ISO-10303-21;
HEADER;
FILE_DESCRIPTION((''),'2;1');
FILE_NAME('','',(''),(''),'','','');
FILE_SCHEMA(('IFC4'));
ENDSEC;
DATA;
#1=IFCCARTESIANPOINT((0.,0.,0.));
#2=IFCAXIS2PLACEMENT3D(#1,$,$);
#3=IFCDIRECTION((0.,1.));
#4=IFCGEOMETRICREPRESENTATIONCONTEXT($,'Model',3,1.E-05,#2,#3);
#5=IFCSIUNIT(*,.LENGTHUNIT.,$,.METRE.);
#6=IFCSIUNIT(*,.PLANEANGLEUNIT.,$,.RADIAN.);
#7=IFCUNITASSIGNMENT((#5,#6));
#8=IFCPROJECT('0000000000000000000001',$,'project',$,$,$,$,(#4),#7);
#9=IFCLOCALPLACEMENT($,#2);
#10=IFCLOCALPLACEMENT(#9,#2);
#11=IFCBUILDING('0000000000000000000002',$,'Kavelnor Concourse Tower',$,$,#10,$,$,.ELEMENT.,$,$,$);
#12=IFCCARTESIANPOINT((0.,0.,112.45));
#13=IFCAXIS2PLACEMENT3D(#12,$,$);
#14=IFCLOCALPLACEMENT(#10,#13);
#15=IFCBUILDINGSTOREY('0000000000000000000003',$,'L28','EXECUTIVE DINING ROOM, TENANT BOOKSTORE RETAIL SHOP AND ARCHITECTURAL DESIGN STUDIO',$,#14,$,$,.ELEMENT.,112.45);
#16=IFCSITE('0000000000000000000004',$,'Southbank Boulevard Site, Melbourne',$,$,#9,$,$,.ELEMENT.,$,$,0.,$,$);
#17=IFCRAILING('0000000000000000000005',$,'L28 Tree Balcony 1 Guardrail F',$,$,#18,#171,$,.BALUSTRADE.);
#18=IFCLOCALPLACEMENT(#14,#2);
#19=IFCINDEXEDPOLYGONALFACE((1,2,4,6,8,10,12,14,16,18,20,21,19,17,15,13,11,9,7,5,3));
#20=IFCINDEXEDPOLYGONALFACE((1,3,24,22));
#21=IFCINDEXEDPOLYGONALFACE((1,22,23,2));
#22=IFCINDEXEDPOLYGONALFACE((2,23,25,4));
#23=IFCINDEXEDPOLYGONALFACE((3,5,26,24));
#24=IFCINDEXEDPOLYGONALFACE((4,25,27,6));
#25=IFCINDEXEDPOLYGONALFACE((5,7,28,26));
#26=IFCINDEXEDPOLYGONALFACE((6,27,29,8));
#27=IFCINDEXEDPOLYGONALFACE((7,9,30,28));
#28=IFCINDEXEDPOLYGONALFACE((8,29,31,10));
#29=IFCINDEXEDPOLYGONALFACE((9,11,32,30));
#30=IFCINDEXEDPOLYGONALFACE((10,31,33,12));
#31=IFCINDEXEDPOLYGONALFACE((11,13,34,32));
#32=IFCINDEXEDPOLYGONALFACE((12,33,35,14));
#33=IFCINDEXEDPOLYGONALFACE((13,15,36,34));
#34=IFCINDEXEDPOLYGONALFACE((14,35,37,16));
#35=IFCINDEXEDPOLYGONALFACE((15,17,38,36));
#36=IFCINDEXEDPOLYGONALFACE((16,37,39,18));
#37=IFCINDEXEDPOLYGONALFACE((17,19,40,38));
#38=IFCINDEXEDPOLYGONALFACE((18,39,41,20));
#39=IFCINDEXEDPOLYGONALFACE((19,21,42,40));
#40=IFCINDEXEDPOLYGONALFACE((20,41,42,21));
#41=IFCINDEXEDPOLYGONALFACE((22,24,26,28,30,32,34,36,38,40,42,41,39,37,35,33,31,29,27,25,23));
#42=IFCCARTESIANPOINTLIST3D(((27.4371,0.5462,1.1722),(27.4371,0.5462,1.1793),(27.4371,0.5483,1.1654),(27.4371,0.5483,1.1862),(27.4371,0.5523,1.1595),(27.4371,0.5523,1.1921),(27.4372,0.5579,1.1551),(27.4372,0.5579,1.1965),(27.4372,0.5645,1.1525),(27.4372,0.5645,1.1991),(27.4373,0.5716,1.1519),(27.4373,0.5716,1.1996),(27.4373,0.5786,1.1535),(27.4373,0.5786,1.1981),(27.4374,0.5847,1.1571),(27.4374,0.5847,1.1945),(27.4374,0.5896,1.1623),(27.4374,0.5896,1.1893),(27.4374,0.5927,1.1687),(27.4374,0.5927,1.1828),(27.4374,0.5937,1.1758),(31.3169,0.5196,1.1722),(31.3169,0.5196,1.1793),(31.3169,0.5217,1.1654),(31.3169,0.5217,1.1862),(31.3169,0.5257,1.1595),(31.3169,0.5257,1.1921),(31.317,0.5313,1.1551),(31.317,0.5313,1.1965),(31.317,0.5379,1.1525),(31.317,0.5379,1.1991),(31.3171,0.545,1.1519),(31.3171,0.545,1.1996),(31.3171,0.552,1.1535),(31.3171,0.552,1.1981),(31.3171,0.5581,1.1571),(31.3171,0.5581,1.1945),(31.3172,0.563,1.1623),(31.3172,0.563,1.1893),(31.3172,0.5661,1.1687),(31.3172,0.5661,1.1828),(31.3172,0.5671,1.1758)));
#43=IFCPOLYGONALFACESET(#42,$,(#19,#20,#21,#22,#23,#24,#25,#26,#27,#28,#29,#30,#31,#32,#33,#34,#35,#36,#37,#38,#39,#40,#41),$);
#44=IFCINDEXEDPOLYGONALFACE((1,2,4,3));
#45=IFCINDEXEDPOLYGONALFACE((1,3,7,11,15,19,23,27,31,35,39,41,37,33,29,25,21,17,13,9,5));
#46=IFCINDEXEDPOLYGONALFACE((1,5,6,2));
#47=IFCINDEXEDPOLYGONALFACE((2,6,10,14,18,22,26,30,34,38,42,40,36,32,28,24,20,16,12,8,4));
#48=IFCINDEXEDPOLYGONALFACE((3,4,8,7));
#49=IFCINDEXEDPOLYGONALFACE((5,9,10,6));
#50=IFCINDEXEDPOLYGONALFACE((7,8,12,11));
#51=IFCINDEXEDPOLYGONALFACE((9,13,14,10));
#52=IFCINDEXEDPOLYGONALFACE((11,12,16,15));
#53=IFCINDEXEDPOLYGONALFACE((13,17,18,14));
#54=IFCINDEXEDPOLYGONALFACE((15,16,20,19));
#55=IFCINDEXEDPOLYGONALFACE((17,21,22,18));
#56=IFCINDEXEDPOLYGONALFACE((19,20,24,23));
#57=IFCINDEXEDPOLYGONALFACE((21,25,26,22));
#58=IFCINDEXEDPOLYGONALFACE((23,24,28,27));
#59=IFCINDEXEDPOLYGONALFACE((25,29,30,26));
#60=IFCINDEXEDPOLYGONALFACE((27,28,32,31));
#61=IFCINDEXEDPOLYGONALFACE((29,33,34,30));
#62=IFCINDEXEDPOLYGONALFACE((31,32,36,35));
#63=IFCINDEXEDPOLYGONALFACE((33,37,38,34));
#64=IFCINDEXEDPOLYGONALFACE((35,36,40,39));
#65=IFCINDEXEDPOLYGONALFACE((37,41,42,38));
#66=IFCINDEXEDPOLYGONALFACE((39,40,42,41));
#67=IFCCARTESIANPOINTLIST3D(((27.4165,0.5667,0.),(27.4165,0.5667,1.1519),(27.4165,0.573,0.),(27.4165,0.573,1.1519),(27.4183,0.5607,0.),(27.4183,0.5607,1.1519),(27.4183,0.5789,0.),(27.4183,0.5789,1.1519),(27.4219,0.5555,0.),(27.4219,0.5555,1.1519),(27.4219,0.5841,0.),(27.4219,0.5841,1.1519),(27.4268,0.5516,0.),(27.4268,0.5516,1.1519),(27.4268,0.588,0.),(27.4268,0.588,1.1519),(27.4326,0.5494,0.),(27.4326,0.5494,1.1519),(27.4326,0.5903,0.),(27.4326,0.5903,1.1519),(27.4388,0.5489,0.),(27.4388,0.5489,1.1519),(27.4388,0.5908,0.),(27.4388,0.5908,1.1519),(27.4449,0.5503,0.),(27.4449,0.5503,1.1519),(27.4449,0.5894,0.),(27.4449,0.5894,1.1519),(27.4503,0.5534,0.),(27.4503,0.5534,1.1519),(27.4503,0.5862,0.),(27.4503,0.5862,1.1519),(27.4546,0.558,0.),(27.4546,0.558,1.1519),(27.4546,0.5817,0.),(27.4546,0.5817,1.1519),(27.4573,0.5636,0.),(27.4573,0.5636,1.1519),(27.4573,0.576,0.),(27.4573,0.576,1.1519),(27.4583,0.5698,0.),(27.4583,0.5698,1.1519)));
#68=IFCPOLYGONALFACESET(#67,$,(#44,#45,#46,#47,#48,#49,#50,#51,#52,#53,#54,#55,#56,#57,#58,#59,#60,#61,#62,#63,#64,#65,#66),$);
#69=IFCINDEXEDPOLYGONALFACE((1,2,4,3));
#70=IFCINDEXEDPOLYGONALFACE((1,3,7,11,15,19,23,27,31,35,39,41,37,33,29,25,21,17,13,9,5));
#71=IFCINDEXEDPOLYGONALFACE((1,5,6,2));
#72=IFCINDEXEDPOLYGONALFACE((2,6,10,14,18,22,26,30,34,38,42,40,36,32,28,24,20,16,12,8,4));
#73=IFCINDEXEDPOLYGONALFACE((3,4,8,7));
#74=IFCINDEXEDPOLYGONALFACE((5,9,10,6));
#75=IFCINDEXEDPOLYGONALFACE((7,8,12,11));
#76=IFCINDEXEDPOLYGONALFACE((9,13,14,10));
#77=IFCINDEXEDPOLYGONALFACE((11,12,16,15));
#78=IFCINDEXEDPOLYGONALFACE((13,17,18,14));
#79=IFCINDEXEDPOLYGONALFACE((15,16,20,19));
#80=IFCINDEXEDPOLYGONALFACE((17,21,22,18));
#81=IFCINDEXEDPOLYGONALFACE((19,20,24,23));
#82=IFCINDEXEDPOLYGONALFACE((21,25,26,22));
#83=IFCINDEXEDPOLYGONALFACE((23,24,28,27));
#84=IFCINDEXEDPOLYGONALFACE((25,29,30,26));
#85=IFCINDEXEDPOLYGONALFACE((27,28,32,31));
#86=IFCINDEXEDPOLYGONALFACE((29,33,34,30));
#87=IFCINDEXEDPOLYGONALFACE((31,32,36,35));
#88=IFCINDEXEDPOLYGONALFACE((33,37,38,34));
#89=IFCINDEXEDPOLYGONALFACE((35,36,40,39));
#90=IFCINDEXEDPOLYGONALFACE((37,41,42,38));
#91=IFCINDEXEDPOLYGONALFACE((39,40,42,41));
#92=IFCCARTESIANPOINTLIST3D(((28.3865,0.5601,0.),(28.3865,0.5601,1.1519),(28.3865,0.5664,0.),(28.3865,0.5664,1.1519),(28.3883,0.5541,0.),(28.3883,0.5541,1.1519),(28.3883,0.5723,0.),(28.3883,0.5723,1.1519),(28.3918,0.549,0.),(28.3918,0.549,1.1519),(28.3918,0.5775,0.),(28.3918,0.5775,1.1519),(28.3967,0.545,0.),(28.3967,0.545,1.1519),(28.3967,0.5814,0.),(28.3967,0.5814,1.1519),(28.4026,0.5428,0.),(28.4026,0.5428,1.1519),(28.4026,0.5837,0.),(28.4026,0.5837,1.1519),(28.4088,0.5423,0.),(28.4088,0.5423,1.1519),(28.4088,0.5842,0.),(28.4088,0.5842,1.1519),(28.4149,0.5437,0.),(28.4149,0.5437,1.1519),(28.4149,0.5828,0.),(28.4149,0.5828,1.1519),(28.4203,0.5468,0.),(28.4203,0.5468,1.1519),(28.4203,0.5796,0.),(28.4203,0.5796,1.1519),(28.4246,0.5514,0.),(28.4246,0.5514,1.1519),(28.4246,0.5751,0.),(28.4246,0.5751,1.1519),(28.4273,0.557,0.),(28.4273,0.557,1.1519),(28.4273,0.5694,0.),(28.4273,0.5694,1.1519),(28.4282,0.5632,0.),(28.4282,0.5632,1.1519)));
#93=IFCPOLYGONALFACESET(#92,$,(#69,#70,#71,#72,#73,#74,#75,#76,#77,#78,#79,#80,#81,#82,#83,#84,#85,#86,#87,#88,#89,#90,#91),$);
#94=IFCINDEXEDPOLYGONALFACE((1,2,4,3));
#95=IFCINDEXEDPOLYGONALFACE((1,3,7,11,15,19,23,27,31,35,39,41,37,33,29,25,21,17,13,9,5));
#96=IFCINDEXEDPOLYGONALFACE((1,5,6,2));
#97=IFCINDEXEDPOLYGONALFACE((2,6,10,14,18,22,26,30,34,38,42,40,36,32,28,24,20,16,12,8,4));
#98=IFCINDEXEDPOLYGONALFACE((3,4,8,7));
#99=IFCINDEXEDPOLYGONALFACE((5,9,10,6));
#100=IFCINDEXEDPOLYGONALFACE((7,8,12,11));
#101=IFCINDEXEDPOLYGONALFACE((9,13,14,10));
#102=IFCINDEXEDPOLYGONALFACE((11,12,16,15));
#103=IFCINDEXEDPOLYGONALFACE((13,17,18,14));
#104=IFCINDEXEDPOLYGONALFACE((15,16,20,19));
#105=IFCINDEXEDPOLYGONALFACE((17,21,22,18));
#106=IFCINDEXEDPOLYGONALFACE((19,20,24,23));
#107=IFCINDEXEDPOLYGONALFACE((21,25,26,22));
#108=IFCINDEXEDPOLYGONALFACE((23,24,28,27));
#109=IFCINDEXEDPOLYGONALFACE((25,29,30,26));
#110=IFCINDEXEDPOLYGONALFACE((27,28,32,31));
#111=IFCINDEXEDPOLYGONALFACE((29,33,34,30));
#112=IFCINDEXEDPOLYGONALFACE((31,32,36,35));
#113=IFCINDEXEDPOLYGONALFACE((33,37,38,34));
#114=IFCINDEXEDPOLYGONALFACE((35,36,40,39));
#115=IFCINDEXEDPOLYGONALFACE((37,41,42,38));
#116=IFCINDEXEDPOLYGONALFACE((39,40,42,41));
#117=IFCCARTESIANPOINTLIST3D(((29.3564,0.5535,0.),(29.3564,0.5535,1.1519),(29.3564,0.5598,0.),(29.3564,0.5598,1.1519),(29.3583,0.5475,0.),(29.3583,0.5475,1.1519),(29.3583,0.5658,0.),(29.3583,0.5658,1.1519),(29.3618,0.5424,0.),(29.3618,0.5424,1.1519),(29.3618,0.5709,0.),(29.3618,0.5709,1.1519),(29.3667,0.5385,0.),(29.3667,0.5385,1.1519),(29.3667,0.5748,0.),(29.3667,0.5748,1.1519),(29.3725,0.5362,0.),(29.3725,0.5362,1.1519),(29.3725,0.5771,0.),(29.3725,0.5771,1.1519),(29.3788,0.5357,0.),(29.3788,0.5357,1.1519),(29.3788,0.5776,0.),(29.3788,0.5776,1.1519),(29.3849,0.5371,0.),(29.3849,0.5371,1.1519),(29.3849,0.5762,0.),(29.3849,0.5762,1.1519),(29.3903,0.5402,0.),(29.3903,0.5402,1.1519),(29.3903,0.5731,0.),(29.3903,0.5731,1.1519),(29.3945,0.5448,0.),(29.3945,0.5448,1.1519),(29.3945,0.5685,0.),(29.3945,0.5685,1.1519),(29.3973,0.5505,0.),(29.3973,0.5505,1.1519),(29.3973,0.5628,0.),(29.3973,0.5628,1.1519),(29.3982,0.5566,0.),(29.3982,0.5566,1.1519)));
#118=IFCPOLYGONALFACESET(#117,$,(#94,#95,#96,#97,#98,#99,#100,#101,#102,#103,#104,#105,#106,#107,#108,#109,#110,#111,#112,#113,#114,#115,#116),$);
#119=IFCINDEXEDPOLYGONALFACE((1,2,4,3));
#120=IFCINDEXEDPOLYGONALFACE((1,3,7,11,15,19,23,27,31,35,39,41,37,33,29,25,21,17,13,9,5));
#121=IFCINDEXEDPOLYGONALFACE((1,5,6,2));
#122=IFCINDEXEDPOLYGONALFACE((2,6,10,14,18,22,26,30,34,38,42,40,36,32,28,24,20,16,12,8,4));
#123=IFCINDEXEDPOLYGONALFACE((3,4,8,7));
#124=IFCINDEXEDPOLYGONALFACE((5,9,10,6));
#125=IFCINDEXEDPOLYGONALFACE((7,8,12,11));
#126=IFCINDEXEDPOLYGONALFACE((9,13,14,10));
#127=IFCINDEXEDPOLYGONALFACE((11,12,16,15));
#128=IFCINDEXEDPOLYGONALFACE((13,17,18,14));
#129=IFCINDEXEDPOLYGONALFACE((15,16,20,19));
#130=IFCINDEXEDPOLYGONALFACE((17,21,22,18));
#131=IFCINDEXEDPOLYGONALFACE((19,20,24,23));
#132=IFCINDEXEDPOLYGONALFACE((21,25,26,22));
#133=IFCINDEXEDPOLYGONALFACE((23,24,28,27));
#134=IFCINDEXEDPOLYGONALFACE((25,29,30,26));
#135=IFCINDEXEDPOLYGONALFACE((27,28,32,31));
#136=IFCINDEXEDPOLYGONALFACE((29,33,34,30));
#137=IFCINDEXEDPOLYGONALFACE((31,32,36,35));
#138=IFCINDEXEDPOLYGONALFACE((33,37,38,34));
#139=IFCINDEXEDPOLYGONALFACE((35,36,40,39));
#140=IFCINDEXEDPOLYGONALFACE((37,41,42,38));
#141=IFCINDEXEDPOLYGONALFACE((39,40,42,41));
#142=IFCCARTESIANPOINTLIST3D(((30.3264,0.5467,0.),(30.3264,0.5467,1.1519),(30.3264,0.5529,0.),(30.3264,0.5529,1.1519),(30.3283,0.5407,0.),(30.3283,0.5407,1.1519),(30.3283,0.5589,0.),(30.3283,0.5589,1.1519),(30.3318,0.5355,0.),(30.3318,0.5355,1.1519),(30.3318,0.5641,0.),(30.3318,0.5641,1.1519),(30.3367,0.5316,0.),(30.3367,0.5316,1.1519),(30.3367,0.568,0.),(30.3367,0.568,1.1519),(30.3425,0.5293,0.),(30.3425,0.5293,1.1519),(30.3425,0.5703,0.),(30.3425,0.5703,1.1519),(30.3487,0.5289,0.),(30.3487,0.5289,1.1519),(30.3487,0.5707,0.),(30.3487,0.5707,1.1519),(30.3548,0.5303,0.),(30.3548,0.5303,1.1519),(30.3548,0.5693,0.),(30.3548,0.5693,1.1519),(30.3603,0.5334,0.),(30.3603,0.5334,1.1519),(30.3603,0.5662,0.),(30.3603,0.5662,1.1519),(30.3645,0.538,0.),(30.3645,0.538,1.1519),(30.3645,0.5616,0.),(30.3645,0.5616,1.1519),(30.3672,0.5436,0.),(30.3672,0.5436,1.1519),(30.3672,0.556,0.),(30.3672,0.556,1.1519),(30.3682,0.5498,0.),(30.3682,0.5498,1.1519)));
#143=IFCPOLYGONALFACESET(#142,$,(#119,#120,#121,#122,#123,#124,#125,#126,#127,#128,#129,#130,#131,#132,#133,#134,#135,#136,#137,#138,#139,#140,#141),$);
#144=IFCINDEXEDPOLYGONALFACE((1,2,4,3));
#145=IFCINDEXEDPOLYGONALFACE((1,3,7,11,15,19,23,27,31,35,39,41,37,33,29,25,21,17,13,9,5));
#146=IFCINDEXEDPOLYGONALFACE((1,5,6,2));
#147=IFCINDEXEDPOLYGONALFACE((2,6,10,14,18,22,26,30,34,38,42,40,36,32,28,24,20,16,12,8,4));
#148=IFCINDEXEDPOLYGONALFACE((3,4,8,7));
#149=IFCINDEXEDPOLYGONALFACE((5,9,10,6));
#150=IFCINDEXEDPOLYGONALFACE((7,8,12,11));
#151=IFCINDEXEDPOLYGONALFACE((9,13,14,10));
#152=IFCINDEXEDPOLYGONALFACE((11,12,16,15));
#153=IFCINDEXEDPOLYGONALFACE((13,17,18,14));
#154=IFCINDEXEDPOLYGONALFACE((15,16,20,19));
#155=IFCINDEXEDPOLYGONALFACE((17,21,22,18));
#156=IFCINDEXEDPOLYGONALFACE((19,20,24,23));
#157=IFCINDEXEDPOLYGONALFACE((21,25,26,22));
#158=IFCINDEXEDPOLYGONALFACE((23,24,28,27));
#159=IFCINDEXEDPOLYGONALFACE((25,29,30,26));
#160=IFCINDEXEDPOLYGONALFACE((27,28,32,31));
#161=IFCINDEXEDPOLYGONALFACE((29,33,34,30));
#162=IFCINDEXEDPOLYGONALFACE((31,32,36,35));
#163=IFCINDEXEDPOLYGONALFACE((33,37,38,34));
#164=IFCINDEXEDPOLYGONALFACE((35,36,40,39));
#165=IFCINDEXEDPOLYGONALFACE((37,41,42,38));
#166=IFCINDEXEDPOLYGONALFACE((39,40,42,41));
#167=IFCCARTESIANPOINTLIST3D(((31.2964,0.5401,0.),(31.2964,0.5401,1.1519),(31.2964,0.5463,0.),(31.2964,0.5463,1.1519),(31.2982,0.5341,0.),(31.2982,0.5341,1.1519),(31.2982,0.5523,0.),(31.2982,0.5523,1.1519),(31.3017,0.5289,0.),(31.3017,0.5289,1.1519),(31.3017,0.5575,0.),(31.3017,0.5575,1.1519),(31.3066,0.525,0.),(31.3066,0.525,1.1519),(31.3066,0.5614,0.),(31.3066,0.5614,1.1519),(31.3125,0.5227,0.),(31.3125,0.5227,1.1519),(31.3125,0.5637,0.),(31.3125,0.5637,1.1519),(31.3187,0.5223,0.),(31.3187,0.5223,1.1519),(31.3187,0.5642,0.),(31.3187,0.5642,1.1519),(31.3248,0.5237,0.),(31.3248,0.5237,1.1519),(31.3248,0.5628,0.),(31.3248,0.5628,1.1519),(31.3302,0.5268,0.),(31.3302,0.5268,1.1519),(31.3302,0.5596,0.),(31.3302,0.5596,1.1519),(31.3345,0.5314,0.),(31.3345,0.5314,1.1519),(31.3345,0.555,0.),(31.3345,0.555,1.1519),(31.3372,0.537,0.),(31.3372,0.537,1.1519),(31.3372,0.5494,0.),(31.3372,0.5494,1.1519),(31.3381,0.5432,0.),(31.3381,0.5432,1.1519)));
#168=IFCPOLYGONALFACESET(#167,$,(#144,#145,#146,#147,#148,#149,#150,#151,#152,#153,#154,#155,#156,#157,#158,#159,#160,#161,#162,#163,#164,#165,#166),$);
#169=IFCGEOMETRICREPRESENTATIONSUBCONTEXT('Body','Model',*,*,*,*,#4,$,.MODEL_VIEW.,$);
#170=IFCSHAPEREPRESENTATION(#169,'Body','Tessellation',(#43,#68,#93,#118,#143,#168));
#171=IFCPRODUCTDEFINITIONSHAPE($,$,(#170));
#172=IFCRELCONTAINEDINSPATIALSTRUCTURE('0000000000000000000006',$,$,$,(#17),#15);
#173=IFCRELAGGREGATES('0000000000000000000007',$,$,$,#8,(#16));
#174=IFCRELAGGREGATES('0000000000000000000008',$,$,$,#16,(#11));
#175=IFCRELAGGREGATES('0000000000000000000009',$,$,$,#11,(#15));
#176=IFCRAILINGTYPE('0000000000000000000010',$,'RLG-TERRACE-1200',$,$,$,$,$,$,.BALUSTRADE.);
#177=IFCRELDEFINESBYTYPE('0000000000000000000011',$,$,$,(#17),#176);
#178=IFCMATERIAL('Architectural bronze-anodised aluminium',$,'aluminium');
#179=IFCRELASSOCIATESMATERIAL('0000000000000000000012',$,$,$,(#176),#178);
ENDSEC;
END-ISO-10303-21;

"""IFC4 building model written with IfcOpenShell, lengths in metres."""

from ifc_helpers import new_model, si_unit, direction, frame, origin, origin_2d, place, context, subcontext, project, spatial, circle, extrude, material, type_object, element, save


model = new_model("IFC4")

# Units and contexts
model_context = context("Model", 3, precision=1e-05, world=origin(), true_north=direction((0.0, 1.0)))
body_context = subcontext(model_context, "Body", "Model", "MODEL_VIEW")
ifc_project = project(units=[si_unit("LENGTHUNIT", "METRE"), si_unit("PLANEANGLEUNIT", "RADIAN")], contexts=[model_context])

# Site, building, storey
site_placement = place(None, origin())
site = spatial("IfcSite", under=ifc_project, at=site_placement, Name="Southbank Boulevard Site, Melbourne", CompositionType="ELEMENT", RefElevation=0.0)
building_placement = place(site_placement, origin())
building = spatial("IfcBuilding", under=site, at=building_placement, Name="Kavelnor Concourse Tower", CompositionType="ELEMENT")
storey_placement = place(building_placement, frame((0.0, 0.0, 112.45)))
storey = spatial("IfcBuildingStorey", under=building, at=storey_placement, Name="L28", Description="EXECUTIVE DINING ROOM, TENANT BOOKSTORE RETAIL SHOP AND ARCHITECTURAL DESIGN STUDIO", CompositionType="ELEMENT", Elevation=112.45)

# Railing
ifc_material_1 = material(Name="Architectural bronze-anodised aluminium", Category="aluminium")
railing_type_1 = type_object("IfcRailingType", Name="RLG-TERRACE-1200", PredefinedType="BALUSTRADE", material=ifc_material_1)
railing_1_placement = place(storey_placement, frame((27.4373, 0.5698, 0.0)))
element("IfcRailing", 1, at=railing_1_placement, inside=storey, type_object=railing_type_1, Name="L28 Tree Balcony 1 Guardrail F", PredefinedType="BALUSTRADE", context=body_context, shape_type="SweptSolid", body=[
    extrude(circle(Radius=0.0239, at=origin_2d()), frame((0.0, 0.0, 1.1758), z_axis=(0.999976, -0.006859, 0.0), x_axis=(0.006859, 0.999976, 0.0)), (0.0, 0.0, 1.0), 3.8799),
    extrude(circle(Radius=0.021, at=origin_2d()), origin(), (0.0, 0.0, 1.0), 1.1519),
    extrude(circle(Radius=0.021, at=origin_2d()), frame((0.97, -0.0066, 0.0)), (0.0, 0.0, 1.0), 1.1519),
    extrude(circle(Radius=0.021, at=origin_2d()), frame((1.9399, -0.0132, 0.0)), (0.0, 0.0, 1.0), 1.1519),
    extrude(circle(Radius=0.021, at=origin_2d()), frame((2.9099, -0.02, 0.0)), (0.0, 0.0, 1.0), 1.1519),
    extrude(circle(Radius=0.021, at=origin_2d()), frame((3.8799, -0.0266, 0.0)), (0.0, 0.0, 1.0), 1.1519),
])

save(model, "model.ifc")
